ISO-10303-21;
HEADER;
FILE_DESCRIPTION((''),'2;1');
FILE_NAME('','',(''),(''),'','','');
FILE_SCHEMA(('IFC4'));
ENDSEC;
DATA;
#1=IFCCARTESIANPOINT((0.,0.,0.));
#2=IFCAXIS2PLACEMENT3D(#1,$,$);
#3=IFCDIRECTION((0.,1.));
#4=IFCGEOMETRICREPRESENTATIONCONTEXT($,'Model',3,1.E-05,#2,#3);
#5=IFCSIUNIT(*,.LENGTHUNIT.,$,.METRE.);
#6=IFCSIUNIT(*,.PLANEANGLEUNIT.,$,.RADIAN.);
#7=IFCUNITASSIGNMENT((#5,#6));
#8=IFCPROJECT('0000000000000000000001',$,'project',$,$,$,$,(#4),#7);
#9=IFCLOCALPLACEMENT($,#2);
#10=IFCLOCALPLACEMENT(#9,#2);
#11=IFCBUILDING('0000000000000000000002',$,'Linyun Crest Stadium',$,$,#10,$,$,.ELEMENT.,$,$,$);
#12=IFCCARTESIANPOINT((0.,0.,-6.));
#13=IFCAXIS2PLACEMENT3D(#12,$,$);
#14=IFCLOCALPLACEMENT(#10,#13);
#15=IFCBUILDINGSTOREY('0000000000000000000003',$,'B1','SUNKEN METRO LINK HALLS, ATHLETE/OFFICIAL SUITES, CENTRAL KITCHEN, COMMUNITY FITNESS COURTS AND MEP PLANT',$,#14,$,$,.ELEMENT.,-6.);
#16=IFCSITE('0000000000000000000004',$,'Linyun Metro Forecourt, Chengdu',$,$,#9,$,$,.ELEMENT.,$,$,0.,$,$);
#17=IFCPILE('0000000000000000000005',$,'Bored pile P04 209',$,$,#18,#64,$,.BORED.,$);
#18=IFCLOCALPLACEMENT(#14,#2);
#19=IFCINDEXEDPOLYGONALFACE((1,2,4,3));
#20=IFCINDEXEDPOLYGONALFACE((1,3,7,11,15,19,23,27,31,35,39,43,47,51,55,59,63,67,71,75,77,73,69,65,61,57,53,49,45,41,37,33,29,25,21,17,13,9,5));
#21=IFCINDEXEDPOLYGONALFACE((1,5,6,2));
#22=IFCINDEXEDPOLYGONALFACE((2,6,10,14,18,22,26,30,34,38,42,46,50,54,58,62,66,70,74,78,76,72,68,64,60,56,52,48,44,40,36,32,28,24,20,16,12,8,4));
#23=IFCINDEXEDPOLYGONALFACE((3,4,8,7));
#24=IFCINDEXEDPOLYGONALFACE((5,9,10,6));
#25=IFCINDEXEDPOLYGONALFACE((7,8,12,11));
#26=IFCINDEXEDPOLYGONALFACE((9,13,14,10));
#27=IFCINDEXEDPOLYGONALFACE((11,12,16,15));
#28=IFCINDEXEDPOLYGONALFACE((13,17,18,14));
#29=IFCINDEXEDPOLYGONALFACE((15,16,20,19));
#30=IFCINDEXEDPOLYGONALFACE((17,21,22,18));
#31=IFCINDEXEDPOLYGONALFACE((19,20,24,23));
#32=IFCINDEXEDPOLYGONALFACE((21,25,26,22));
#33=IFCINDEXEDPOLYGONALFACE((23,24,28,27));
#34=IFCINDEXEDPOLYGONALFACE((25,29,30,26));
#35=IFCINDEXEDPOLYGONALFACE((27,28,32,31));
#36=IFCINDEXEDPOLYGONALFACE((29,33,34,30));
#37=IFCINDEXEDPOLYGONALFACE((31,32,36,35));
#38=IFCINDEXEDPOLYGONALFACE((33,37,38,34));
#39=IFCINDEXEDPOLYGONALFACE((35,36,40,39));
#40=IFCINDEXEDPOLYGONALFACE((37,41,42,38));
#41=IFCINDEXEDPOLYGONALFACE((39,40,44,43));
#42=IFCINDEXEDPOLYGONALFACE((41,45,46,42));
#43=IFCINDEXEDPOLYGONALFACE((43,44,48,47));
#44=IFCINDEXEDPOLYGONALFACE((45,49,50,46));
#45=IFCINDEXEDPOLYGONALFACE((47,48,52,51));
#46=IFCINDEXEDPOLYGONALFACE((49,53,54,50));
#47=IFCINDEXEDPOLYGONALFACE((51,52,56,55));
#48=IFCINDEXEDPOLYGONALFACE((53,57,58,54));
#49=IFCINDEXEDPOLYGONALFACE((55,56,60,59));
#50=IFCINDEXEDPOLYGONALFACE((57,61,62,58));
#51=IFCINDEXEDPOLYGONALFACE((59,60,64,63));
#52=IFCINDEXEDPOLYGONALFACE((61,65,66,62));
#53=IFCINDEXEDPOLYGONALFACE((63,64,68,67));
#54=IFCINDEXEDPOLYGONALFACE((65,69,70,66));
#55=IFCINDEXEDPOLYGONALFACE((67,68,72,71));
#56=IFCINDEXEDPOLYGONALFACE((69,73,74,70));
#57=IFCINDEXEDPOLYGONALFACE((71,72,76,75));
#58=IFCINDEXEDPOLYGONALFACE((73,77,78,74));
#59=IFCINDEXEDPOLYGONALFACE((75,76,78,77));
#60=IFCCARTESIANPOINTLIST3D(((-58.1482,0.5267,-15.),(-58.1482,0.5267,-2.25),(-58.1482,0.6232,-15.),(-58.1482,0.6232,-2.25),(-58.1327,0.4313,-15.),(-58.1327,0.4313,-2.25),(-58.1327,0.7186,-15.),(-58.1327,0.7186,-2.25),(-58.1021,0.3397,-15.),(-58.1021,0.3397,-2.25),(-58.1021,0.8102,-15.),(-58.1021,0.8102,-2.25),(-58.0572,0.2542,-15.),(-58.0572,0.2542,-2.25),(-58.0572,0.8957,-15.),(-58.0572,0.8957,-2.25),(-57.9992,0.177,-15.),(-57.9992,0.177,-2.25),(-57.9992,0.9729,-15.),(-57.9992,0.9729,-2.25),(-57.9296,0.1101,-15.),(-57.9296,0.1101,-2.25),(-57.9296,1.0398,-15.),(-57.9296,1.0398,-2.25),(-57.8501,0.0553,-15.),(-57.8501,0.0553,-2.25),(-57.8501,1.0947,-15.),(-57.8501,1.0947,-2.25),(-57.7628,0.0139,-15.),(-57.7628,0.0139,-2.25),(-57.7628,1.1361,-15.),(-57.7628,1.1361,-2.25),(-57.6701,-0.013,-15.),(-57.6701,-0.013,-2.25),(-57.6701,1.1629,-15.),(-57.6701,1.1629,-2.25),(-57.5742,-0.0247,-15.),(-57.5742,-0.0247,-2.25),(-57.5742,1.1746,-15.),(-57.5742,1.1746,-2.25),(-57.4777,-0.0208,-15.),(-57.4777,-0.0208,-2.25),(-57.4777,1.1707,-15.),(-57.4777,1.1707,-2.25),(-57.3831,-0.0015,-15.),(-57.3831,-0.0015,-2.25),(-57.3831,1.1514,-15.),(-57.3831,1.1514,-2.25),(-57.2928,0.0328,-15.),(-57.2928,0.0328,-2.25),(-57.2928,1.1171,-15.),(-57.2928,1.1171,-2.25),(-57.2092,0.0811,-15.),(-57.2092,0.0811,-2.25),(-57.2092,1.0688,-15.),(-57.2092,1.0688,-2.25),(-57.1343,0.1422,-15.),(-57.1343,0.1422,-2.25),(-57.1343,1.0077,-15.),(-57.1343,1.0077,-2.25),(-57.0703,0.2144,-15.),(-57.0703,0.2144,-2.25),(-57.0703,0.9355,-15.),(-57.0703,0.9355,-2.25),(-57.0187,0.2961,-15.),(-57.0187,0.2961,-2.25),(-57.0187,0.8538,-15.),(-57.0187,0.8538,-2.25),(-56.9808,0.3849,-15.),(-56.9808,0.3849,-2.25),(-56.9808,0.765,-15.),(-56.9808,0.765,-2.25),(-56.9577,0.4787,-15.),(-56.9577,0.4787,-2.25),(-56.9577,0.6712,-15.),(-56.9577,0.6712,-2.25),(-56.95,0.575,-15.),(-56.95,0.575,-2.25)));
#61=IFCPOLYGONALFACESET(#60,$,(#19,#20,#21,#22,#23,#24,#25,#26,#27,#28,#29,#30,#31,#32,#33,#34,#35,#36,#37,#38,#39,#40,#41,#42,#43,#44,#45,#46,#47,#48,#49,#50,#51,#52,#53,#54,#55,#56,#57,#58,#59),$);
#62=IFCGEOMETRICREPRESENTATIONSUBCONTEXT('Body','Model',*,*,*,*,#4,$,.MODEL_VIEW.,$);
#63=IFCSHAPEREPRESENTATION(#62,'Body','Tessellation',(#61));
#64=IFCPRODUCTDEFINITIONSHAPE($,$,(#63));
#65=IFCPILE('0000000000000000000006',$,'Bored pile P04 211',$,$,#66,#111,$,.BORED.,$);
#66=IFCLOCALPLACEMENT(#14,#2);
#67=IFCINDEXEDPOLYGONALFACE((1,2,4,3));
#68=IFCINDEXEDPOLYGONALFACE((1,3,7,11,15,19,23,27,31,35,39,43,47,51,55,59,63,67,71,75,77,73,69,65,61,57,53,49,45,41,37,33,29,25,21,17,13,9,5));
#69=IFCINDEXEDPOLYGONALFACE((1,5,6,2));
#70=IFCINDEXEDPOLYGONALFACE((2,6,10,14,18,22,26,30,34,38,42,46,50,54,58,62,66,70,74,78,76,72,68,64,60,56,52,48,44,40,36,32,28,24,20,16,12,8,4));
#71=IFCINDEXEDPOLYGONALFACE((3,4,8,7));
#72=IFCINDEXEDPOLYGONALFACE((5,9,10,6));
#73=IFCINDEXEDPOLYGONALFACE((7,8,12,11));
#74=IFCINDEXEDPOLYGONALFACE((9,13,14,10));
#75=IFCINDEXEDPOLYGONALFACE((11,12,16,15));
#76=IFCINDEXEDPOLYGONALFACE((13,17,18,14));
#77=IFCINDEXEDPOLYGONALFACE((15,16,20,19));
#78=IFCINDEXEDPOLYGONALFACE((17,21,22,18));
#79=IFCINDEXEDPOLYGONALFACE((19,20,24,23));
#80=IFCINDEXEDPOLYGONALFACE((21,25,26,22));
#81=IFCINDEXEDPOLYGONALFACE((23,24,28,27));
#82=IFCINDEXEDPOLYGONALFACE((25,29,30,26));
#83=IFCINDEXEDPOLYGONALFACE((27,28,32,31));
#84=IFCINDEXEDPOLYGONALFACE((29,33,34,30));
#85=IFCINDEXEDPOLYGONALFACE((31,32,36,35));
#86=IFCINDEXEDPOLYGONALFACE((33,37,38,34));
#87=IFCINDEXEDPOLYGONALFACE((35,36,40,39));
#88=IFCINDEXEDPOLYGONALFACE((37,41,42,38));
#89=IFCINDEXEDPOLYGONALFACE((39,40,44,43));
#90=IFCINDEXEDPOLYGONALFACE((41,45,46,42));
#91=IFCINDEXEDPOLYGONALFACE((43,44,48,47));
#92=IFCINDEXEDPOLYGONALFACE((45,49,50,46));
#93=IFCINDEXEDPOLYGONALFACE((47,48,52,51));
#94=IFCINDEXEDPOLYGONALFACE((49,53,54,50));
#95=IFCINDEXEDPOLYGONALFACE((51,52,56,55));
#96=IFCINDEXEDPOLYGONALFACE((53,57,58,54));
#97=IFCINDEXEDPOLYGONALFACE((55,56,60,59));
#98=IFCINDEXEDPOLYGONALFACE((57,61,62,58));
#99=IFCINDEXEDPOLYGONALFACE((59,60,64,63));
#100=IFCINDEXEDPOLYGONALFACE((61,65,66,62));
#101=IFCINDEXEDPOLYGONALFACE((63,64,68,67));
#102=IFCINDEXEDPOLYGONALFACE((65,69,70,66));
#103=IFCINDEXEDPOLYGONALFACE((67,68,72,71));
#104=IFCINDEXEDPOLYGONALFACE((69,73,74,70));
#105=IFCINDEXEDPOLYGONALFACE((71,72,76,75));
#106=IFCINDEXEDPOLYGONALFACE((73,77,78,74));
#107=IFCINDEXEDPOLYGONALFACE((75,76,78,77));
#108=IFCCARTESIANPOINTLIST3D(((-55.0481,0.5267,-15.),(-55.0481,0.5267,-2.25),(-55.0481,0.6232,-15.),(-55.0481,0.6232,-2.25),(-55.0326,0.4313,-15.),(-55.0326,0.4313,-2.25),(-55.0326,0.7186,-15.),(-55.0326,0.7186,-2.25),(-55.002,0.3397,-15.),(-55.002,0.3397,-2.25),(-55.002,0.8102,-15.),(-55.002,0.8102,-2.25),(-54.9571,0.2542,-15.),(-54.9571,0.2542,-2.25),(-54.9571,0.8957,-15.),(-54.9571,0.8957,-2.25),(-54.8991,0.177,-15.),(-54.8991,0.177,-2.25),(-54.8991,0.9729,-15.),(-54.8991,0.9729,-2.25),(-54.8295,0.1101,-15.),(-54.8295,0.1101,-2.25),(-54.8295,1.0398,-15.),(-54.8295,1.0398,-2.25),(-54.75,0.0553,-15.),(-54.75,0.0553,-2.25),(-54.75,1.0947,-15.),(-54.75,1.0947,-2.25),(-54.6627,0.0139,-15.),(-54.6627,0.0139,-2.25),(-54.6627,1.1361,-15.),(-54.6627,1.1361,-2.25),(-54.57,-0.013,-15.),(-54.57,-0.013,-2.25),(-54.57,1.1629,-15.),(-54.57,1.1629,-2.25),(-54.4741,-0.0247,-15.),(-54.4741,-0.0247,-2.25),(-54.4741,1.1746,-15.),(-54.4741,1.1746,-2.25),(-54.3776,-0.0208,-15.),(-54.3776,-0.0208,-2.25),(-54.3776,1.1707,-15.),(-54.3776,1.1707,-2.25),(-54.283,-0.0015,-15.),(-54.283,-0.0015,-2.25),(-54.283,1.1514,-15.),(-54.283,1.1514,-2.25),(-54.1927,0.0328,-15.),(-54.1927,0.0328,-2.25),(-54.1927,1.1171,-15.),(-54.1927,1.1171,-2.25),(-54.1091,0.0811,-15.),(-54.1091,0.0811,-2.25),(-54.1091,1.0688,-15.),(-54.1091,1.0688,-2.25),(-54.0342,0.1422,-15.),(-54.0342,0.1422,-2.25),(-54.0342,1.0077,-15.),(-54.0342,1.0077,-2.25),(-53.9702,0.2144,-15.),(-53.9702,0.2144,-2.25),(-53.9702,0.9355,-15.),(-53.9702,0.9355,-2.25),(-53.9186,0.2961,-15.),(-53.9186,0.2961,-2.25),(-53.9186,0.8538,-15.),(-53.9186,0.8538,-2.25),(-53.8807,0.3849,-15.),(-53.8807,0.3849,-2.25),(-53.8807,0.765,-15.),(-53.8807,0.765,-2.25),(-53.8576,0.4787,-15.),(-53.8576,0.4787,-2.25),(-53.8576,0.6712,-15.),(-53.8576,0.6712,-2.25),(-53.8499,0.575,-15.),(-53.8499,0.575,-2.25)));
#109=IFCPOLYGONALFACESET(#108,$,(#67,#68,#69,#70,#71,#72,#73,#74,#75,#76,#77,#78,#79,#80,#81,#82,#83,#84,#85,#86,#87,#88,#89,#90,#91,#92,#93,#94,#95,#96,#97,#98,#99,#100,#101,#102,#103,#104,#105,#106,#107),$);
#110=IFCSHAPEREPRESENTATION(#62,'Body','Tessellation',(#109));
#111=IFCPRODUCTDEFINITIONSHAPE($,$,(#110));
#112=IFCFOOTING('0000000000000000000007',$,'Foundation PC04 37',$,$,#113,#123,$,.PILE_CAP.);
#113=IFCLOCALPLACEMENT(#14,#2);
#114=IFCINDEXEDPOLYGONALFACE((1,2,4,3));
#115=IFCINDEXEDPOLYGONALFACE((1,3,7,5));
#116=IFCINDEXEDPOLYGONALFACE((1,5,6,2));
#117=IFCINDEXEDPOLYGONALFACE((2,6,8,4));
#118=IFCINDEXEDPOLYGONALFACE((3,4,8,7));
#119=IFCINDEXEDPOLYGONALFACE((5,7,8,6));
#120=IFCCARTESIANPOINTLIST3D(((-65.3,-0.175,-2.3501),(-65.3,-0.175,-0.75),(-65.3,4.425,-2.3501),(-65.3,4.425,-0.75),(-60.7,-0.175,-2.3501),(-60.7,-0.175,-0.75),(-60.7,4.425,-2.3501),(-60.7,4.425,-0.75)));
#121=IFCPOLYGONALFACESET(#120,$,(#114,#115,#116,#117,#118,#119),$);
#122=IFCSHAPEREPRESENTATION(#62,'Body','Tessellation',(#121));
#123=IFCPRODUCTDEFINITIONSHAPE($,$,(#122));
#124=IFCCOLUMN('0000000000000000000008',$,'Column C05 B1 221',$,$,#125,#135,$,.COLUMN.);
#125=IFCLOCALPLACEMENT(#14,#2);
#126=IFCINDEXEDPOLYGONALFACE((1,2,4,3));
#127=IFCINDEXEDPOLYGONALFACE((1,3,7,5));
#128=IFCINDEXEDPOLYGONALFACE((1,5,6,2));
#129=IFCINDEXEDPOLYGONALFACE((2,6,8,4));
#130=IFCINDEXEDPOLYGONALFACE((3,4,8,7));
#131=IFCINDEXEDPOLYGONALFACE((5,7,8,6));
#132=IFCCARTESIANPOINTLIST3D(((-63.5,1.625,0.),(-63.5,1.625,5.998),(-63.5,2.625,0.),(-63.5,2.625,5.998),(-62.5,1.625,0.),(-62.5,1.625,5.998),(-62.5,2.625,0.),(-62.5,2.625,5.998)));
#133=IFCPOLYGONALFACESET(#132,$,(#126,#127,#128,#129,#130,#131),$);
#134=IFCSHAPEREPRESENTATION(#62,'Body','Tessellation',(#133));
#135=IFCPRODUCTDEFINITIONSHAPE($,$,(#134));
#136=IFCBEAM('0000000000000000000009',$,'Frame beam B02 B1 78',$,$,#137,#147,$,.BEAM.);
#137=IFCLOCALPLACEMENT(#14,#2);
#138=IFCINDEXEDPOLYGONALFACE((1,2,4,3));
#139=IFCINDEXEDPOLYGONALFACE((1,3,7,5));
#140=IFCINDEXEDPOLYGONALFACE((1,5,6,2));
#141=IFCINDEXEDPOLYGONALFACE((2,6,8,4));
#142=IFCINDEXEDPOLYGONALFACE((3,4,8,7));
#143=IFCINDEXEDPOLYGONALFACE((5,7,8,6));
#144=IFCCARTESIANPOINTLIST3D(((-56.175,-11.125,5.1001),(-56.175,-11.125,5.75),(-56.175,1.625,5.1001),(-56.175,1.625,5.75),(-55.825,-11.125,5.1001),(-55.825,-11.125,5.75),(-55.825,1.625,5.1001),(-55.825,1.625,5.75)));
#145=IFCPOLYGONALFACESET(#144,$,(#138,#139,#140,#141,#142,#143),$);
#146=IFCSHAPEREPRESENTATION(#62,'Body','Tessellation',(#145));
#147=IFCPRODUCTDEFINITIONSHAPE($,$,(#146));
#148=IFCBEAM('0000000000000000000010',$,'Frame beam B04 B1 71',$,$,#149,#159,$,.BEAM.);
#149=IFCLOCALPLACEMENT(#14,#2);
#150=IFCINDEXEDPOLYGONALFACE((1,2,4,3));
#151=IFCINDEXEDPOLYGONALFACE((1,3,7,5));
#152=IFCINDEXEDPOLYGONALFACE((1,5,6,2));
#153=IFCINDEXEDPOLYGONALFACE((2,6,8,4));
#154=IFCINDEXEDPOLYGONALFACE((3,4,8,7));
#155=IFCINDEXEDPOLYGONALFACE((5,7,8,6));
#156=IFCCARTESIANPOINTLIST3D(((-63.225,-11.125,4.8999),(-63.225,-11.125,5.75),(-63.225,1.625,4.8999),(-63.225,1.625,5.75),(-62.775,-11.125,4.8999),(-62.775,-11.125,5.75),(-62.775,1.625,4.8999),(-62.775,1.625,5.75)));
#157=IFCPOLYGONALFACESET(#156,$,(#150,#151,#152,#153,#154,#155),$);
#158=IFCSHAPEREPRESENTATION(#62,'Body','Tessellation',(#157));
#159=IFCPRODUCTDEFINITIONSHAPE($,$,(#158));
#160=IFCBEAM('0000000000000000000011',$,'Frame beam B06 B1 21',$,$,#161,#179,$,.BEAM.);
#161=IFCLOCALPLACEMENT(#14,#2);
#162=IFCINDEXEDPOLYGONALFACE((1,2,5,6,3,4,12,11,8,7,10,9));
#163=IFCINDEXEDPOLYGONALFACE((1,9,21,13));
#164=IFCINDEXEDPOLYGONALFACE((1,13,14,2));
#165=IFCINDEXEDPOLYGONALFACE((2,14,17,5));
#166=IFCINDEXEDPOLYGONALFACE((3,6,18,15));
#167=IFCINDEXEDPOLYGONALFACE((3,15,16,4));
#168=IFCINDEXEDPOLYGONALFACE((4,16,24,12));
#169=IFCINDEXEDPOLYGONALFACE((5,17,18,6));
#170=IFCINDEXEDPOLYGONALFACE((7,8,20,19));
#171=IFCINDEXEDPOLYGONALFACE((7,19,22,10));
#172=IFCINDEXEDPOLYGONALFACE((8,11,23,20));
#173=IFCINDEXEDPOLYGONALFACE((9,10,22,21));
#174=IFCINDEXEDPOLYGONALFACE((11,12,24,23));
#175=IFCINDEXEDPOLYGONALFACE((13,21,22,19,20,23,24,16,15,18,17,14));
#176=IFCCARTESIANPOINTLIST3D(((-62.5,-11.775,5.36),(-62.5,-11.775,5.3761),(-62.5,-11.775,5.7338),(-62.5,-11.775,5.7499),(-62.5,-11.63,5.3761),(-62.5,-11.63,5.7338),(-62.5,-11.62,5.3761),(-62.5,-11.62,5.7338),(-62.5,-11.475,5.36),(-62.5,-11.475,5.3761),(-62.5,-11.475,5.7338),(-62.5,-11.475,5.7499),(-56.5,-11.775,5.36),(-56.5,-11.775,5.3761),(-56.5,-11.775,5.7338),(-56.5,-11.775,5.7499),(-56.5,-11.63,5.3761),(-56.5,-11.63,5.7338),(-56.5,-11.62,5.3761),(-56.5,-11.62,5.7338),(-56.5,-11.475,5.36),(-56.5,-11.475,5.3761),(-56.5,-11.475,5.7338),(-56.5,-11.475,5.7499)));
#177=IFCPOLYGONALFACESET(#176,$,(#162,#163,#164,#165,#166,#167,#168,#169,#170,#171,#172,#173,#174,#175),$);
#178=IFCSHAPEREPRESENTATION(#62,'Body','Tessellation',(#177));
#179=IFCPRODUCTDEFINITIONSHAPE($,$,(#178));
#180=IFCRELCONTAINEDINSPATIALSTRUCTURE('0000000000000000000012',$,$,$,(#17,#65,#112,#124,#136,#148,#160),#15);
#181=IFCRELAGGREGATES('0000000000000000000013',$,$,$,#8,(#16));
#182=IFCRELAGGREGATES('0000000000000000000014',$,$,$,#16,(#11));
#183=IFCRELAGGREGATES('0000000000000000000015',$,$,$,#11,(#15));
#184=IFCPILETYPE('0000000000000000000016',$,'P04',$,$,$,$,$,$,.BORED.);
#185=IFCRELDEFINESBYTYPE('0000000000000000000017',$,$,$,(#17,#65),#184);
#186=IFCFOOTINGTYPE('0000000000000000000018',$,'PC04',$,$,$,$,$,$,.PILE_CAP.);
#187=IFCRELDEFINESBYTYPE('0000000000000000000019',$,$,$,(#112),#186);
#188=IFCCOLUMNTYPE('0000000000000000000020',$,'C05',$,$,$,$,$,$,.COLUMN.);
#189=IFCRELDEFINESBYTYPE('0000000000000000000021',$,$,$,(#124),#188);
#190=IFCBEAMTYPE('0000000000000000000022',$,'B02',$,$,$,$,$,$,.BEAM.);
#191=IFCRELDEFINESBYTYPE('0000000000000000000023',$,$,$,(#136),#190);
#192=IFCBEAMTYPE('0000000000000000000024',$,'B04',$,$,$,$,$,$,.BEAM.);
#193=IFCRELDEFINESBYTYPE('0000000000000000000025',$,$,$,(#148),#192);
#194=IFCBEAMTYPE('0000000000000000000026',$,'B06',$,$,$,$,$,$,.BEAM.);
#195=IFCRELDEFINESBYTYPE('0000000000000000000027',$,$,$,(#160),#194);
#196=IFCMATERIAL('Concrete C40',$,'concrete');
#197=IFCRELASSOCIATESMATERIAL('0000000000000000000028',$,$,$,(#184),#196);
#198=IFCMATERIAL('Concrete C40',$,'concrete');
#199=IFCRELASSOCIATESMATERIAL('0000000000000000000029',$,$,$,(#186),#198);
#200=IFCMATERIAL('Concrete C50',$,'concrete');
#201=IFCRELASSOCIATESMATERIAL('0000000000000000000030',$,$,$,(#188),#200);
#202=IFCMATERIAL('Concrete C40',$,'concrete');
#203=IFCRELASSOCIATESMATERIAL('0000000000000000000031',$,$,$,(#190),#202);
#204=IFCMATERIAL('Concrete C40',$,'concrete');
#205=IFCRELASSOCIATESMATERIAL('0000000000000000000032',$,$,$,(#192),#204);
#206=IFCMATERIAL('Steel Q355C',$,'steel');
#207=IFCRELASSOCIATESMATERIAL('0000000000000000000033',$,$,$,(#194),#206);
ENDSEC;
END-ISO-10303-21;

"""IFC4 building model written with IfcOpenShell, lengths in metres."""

from ifc_helpers import new_model, si_unit, direction, frame, origin, origin_2d, place, context, subcontext, project, spatial, rectangle, circle, i_section, extrude, material, material_profile, profile_set, type_object, element, save


model = new_model("IFC4")

# Units and contexts
model_context = context("Model", 3, precision=1e-05, world=origin(), true_north=direction((0.0, 1.0)))
body_context = subcontext(model_context, "Body", "Model", "MODEL_VIEW")
ifc_project = project(units=[si_unit("LENGTHUNIT", "METRE"), si_unit("PLANEANGLEUNIT", "RADIAN")], contexts=[model_context])

# Site, building, storey
site_placement = place(None, origin())
site = spatial("IfcSite", under=ifc_project, at=site_placement, Name="Linyun Metro Forecourt, Chengdu", CompositionType="ELEMENT", RefElevation=0.0)
building_placement = place(site_placement, origin())
building = spatial("IfcBuilding", under=site, at=building_placement, Name="Linyun Crest Stadium", CompositionType="ELEMENT")
storey_placement = place(building_placement, frame((0.0, 0.0, -6.0)))
storey = spatial("IfcBuildingStorey", under=building, at=storey_placement, Name="B1", Description="SUNKEN METRO LINK HALLS, ATHLETE/OFFICIAL SUITES, CENTRAL KITCHEN, COMMUNITY FITNESS COURTS AND MEP PLANT", CompositionType="ELEMENT", Elevation=-6.0)

# Piles
ifc_material_1 = material(Name="Concrete C40", Category="concrete")
ifc_material_profile_1 = material_profile(ifc_material_1, circle(Radius=0.6001, at=origin_2d()), Name="BORED PILE 1200")
ifc_profile_set_1 = profile_set([ifc_material_profile_1], Name="Concrete C40")
pile_type_1 = type_object("IfcPileType", Name="P04", PredefinedType="BORED", material=ifc_profile_set_1)
for number, where, z_axis, x_axis, name in (
    (1, (-57.55, 0.575, -2.25), (0.0, 0.0, -1.0), (1.0, 0.0, 0.0), "Bored pile P04 209"),
    (2, (-54.45, 0.575, -2.25), (0.0, 0.0, -1.0), (1.0, 0.0, 0.0), "Bored pile P04 211"),
):
    element("IfcPile", number, at=place(storey_placement, frame(where, z_axis=z_axis, x_axis=x_axis)), inside=storey, type_object=pile_type_1, Name=name, PredefinedType="BORED", context=body_context, shape_type="SweptSolid", body=[
        extrude(circle(Radius=0.6001, at=origin_2d()), origin(), (0.0, 0.0, 1.0), 12.75),
    ])

# Footing
ifc_material_2 = material(Name="Concrete C40", Category="concrete")
footing_type = type_object("IfcFootingType", Name="PC04", PredefinedType="PILE_CAP", material=ifc_material_2)
footing_placement = place(storey_placement, frame((-63.0, 2.125, -2.3501), z_axis=(0.0, 0.0, 1.0), x_axis=(1.0, 0.0, 0.0)))
element("IfcFooting", 3, at=footing_placement, inside=storey, type_object=footing_type, Name="Foundation PC04 37", PredefinedType="PILE_CAP", context=body_context, shape_type="SweptSolid", body=[
    extrude(rectangle(XDim=4.6001, YDim=4.6001, at=origin_2d()), origin(), (0.0, 0.0, 1.0), 1.6001),
])

# Column
ifc_material_3 = material(Name="Concrete C50", Category="concrete")
ifc_material_profile_2 = material_profile(ifc_material_3, rectangle(XDim=1.0, YDim=1.0, at=origin_2d()), Name="RC 1000x1000")
ifc_profile_set_2 = profile_set([ifc_material_profile_2], Name="Concrete C50")
column_type = type_object("IfcColumnType", Name="C05", PredefinedType="COLUMN", material=ifc_profile_set_2)
column_placement = place(storey_placement, frame((-63.0, 2.125, 0.0), z_axis=(0.0, 0.0, 1.0), x_axis=(1.0, 0.0, 0.0)))
element("IfcColumn", 4, at=column_placement, inside=storey, type_object=column_type, Name="Column C05 B1 221", PredefinedType="COLUMN", context=body_context, shape_type="SweptSolid", body=[
    extrude(rectangle(XDim=1.0, YDim=1.0, at=origin_2d()), origin(), (0.0, 0.0, 1.0), 5.998),
])

# Beams
ifc_material_4 = material(Name="Concrete C40", Category="concrete")
ifc_material_profile_3 = material_profile(ifc_material_4, rectangle(XDim=0.3501, YDim=0.6499, at=origin_2d()), Name="RCB 650x350")
ifc_profile_set_3 = profile_set([ifc_material_profile_3], Name="Concrete C40")
beam_type_1 = type_object("IfcBeamType", Name="B02", PredefinedType="BEAM", material=ifc_profile_set_3)
beam_1_placement = place(storey_placement, frame((-56.0, -11.125, 5.425), z_axis=(0.0, 1.0, 0.0), x_axis=(-1.0, 0.0, 0.0)))
element("IfcBeam", 5, at=beam_1_placement, inside=storey, type_object=beam_type_1, Name="Frame beam B02 B1 78", PredefinedType="BEAM", context=body_context, shape_type="SweptSolid", body=[
    extrude(rectangle(XDim=0.3501, YDim=0.6499, at=origin_2d()), origin(), (0.0, 0.0, 1.0), 12.75),
])
ifc_material_5 = material(Name="Concrete C40", Category="concrete")
ifc_material_profile_4 = material_profile(ifc_material_5, rectangle(XDim=0.45, YDim=0.8501, at=origin_2d()), Name="RCB 850x450")
ifc_profile_set_4 = profile_set([ifc_material_profile_4], Name="Concrete C40")
beam_type_2 = type_object("IfcBeamType", Name="B04", PredefinedType="BEAM", material=ifc_profile_set_4)
beam_2_placement = place(storey_placement, frame((-63.0, -11.125, 5.325), z_axis=(0.0, 1.0, 0.0), x_axis=(-1.0, 0.0, 0.0)))
element("IfcBeam", 6, at=beam_2_placement, inside=storey, type_object=beam_type_2, Name="Frame beam B04 B1 71", PredefinedType="BEAM", context=body_context, shape_type="SweptSolid", body=[
    extrude(rectangle(XDim=0.45, YDim=0.8501, at=origin_2d()), origin(), (0.0, 0.0, 1.0), 12.75),
])
ifc_material_6 = material(Name="Steel Q355C", Category="steel")
ifc_material_profile_5 = material_profile(ifc_material_6, i_section(OverallWidth=0.3, OverallDepth=0.3899, WebThickness=0.01, FlangeThickness=0.0161, at=origin_2d()), Name="HM 390x300")
ifc_profile_set_5 = profile_set([ifc_material_profile_5], Name="Steel Q355C")
beam_type_3 = type_object("IfcBeamType", Name="B06", PredefinedType="BEAM", material=ifc_profile_set_5)
beam_3_placement = place(storey_placement, frame((-62.5, -11.625, 5.5549), z_axis=(1.0, 0.0, 0.0), x_axis=(0.0, 1.0, 0.0)))
element("IfcBeam", 7, at=beam_3_placement, inside=storey, type_object=beam_type_3, Name="Frame beam B06 B1 21", PredefinedType="BEAM", context=body_context, shape_type="SweptSolid", body=[
    extrude(i_section(OverallWidth=0.3, OverallDepth=0.3899, WebThickness=0.01, FlangeThickness=0.0161, at=origin_2d()), origin(), (0.0, 0.0, 1.0), 6.0),
])

save(model, "model.ifc")
